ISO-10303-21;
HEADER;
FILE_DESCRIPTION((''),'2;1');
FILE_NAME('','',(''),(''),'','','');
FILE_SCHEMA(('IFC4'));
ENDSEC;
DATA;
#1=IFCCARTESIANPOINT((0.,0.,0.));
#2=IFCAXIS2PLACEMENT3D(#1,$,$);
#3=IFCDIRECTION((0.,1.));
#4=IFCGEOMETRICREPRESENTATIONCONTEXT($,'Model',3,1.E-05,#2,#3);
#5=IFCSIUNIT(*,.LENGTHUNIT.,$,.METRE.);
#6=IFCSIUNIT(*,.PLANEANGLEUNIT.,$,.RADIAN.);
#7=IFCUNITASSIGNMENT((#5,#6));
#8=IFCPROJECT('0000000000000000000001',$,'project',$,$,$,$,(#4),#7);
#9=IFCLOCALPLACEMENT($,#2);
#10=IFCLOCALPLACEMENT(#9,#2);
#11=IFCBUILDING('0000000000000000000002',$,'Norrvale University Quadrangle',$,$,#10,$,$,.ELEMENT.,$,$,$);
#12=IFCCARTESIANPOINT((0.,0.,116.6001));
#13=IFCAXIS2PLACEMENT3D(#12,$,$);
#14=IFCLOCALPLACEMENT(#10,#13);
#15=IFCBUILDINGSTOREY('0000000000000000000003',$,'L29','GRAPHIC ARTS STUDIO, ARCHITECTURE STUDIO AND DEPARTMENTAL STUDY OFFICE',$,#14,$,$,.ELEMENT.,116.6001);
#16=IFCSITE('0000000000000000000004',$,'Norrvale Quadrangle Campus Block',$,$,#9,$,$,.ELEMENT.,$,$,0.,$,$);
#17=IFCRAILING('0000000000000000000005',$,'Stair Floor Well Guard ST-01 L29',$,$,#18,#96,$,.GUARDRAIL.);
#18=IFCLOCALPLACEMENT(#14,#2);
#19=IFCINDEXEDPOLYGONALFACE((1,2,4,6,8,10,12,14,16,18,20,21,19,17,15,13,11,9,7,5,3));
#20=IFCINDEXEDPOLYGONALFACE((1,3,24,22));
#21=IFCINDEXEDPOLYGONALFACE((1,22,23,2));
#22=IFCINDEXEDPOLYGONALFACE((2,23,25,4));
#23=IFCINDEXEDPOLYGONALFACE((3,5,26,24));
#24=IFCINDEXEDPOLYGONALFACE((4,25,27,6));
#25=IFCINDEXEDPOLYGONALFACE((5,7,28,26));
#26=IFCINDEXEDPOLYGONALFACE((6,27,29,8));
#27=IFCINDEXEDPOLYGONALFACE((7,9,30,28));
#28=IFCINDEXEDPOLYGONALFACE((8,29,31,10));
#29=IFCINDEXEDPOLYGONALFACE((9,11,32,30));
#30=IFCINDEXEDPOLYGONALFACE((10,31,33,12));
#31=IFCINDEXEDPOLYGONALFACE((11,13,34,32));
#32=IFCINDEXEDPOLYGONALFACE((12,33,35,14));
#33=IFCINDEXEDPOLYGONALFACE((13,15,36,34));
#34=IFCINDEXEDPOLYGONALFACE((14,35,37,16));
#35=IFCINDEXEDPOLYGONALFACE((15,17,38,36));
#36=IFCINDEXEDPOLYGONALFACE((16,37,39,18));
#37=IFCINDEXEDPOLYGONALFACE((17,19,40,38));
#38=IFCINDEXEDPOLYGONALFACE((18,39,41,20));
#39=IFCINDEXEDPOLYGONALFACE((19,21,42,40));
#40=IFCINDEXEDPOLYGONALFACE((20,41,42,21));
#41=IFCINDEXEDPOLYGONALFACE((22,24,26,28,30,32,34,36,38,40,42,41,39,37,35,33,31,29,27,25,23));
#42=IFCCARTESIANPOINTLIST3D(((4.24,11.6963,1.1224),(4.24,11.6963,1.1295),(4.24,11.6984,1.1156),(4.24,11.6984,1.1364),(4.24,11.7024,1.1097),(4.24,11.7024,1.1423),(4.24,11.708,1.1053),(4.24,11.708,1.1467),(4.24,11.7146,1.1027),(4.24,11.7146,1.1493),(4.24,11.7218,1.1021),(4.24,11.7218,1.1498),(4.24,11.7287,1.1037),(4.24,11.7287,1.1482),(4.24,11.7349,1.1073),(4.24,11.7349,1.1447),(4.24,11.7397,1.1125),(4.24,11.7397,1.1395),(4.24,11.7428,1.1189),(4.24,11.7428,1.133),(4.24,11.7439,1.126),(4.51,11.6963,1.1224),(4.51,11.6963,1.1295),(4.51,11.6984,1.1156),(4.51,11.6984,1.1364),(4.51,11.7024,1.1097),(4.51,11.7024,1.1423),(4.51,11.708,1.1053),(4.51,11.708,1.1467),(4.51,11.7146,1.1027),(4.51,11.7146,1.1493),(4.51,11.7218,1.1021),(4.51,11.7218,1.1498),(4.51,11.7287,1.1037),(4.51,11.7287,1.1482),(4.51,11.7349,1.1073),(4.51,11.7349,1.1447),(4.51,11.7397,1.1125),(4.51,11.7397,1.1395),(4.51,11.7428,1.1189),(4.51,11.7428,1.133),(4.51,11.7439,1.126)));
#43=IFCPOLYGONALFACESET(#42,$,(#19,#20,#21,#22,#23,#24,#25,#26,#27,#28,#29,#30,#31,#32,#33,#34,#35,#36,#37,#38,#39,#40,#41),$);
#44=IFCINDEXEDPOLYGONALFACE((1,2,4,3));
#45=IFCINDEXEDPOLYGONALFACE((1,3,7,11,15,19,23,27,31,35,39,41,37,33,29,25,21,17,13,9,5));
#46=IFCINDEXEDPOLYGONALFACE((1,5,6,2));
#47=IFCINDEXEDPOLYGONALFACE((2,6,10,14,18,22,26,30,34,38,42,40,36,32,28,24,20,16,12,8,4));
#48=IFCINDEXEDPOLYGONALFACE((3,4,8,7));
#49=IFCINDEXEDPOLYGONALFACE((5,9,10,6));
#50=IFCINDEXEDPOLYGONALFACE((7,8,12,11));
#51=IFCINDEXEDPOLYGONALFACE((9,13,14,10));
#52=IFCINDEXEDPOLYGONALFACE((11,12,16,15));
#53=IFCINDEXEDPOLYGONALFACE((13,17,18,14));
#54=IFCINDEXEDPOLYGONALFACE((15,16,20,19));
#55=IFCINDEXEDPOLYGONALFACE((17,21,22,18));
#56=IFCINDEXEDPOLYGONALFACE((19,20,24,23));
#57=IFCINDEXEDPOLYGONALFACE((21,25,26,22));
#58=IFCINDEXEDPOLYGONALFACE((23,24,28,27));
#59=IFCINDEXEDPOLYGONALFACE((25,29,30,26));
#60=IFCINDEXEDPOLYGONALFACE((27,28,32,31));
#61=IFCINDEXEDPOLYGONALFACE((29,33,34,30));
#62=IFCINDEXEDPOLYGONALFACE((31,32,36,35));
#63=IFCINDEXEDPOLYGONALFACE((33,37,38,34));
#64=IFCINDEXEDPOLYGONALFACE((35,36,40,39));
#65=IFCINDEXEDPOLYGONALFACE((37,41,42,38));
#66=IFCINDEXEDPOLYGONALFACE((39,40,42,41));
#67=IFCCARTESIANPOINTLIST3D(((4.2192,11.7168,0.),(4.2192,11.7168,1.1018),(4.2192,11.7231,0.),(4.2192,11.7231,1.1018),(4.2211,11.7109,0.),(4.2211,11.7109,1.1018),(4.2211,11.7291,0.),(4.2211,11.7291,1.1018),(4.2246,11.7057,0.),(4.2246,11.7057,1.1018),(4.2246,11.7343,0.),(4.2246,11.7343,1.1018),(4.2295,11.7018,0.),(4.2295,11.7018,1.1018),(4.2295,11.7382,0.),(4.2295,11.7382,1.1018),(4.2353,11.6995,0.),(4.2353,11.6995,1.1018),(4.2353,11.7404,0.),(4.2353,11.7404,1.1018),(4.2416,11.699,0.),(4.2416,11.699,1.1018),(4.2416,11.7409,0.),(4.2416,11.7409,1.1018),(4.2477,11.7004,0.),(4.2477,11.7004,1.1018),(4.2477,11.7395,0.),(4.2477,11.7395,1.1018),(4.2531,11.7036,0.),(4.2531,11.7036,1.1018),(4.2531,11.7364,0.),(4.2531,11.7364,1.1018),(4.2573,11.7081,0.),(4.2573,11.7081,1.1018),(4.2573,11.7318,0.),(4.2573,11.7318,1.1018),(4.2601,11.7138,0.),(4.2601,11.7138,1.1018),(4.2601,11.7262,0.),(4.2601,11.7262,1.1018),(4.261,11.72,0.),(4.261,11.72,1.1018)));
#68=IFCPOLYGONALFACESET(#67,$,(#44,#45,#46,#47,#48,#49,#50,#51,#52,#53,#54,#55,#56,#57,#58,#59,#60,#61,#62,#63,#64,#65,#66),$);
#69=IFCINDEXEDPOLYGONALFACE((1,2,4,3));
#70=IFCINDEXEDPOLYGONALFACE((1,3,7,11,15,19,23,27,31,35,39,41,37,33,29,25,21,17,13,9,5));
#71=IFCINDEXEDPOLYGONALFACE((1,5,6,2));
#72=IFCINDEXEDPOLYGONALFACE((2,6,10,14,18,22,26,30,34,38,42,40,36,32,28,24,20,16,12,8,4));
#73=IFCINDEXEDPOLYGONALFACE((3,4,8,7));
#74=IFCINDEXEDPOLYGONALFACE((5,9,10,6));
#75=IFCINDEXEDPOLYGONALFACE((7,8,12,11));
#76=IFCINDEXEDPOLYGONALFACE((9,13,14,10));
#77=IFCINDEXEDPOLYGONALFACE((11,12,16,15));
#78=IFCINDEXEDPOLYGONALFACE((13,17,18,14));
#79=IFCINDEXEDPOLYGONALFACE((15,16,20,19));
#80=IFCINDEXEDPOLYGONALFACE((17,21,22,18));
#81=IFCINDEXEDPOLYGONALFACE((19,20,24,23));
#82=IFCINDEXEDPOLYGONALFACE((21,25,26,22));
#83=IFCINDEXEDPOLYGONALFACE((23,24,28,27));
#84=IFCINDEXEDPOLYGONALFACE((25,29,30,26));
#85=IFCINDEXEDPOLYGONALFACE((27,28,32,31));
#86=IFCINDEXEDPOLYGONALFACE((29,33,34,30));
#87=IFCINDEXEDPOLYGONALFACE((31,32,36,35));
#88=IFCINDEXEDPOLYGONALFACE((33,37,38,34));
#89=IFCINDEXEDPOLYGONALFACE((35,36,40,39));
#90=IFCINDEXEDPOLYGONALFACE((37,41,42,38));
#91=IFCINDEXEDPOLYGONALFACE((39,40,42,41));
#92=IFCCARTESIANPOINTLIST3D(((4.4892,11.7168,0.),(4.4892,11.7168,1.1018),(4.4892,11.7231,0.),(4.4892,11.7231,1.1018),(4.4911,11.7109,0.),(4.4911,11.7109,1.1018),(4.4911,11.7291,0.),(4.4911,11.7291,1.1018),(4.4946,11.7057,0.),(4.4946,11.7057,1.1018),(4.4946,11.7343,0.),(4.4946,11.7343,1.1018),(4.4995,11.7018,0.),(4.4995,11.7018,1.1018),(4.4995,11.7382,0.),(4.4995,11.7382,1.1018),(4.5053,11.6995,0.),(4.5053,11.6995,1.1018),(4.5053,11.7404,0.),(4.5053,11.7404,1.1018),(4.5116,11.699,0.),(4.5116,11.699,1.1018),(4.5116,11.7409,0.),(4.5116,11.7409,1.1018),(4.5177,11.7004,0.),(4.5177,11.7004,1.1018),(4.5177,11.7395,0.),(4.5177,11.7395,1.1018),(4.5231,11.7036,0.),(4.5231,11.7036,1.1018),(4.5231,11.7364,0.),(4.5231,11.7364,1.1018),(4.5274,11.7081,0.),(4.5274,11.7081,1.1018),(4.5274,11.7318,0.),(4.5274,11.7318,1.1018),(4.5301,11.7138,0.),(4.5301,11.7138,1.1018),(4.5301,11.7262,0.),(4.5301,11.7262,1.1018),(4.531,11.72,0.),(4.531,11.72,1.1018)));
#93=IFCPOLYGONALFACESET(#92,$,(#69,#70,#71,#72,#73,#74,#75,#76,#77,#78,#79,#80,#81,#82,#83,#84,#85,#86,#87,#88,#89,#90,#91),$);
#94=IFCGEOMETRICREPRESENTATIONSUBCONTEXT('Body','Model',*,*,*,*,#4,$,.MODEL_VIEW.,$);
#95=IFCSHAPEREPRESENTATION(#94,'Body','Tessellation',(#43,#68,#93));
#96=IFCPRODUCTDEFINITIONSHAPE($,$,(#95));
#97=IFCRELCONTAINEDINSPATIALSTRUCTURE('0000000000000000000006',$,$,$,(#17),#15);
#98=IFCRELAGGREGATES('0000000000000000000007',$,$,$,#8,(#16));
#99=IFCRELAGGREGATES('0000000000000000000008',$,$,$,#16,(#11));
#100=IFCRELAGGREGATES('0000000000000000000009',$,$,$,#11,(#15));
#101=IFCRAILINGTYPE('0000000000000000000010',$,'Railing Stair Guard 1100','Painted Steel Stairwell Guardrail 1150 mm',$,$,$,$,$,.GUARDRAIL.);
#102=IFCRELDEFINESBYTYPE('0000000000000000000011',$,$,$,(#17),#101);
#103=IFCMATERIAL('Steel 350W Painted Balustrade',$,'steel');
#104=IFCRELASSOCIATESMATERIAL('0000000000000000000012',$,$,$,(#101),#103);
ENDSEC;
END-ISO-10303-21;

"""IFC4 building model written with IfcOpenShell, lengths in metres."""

from ifc_helpers import new_model, si_unit, direction, frame, origin, origin_2d, place, context, subcontext, project, spatial, circle, extrude, material, type_object, element, save


model = new_model("IFC4")

# Units and contexts
model_context = context("Model", 3, precision=1e-05, world=origin(), true_north=direction((0.0, 1.0)))
body_context = subcontext(model_context, "Body", "Model", "MODEL_VIEW")
ifc_project = project(units=[si_unit("LENGTHUNIT", "METRE"), si_unit("PLANEANGLEUNIT", "RADIAN")], contexts=[model_context])

# Site, building, storey
site_placement = place(None, origin())
site = spatial("IfcSite", under=ifc_project, at=site_placement, Name="Norrvale Quadrangle Campus Block", CompositionType="ELEMENT", RefElevation=0.0)
building_placement = place(site_placement, origin())
building = spatial("IfcBuilding", under=site, at=building_placement, Name="Norrvale University Quadrangle", CompositionType="ELEMENT")
storey_placement = place(building_placement, frame((0.0, 0.0, 116.6001)))
storey = spatial("IfcBuildingStorey", under=building, at=storey_placement, Name="L29", Description="GRAPHIC ARTS STUDIO, ARCHITECTURE STUDIO AND DEPARTMENTAL STUDY OFFICE", CompositionType="ELEMENT", Elevation=116.6001)

# Railing
ifc_material_1 = material(Name="Steel 350W Painted Balustrade", Category="steel")
railing_type_1 = type_object("IfcRailingType", Name="Railing Stair Guard 1100", Description="Painted Steel Stairwell Guardrail 1150 mm", PredefinedType="GUARDRAIL", material=ifc_material_1)
railing_1_placement = place(storey_placement, frame((4.24, 11.72, 0.0)))
element("IfcRailing", 1, at=railing_1_placement, inside=storey, type_object=railing_type_1, Name="Stair Floor Well Guard ST-01 L29", PredefinedType="GUARDRAIL", context=body_context, shape_type="SweptSolid", body=[
    extrude(circle(Radius=0.0239, at=origin_2d()), frame((0.0, 0.0, 1.126), z_axis=(1.0, 0.0, 0.0), x_axis=(0.0, 1.0, 0.0)), (0.0, 0.0, 1.0), 0.27),
    extrude(circle(Radius=0.021, at=origin_2d()), origin(), (0.0, 0.0, 1.0), 1.1018),
    extrude(circle(Radius=0.021, at=origin_2d()), frame((0.27, 0.0, 0.0)), (0.0, 0.0, 1.0), 1.1018),
])

save(model, "model.ifc")
